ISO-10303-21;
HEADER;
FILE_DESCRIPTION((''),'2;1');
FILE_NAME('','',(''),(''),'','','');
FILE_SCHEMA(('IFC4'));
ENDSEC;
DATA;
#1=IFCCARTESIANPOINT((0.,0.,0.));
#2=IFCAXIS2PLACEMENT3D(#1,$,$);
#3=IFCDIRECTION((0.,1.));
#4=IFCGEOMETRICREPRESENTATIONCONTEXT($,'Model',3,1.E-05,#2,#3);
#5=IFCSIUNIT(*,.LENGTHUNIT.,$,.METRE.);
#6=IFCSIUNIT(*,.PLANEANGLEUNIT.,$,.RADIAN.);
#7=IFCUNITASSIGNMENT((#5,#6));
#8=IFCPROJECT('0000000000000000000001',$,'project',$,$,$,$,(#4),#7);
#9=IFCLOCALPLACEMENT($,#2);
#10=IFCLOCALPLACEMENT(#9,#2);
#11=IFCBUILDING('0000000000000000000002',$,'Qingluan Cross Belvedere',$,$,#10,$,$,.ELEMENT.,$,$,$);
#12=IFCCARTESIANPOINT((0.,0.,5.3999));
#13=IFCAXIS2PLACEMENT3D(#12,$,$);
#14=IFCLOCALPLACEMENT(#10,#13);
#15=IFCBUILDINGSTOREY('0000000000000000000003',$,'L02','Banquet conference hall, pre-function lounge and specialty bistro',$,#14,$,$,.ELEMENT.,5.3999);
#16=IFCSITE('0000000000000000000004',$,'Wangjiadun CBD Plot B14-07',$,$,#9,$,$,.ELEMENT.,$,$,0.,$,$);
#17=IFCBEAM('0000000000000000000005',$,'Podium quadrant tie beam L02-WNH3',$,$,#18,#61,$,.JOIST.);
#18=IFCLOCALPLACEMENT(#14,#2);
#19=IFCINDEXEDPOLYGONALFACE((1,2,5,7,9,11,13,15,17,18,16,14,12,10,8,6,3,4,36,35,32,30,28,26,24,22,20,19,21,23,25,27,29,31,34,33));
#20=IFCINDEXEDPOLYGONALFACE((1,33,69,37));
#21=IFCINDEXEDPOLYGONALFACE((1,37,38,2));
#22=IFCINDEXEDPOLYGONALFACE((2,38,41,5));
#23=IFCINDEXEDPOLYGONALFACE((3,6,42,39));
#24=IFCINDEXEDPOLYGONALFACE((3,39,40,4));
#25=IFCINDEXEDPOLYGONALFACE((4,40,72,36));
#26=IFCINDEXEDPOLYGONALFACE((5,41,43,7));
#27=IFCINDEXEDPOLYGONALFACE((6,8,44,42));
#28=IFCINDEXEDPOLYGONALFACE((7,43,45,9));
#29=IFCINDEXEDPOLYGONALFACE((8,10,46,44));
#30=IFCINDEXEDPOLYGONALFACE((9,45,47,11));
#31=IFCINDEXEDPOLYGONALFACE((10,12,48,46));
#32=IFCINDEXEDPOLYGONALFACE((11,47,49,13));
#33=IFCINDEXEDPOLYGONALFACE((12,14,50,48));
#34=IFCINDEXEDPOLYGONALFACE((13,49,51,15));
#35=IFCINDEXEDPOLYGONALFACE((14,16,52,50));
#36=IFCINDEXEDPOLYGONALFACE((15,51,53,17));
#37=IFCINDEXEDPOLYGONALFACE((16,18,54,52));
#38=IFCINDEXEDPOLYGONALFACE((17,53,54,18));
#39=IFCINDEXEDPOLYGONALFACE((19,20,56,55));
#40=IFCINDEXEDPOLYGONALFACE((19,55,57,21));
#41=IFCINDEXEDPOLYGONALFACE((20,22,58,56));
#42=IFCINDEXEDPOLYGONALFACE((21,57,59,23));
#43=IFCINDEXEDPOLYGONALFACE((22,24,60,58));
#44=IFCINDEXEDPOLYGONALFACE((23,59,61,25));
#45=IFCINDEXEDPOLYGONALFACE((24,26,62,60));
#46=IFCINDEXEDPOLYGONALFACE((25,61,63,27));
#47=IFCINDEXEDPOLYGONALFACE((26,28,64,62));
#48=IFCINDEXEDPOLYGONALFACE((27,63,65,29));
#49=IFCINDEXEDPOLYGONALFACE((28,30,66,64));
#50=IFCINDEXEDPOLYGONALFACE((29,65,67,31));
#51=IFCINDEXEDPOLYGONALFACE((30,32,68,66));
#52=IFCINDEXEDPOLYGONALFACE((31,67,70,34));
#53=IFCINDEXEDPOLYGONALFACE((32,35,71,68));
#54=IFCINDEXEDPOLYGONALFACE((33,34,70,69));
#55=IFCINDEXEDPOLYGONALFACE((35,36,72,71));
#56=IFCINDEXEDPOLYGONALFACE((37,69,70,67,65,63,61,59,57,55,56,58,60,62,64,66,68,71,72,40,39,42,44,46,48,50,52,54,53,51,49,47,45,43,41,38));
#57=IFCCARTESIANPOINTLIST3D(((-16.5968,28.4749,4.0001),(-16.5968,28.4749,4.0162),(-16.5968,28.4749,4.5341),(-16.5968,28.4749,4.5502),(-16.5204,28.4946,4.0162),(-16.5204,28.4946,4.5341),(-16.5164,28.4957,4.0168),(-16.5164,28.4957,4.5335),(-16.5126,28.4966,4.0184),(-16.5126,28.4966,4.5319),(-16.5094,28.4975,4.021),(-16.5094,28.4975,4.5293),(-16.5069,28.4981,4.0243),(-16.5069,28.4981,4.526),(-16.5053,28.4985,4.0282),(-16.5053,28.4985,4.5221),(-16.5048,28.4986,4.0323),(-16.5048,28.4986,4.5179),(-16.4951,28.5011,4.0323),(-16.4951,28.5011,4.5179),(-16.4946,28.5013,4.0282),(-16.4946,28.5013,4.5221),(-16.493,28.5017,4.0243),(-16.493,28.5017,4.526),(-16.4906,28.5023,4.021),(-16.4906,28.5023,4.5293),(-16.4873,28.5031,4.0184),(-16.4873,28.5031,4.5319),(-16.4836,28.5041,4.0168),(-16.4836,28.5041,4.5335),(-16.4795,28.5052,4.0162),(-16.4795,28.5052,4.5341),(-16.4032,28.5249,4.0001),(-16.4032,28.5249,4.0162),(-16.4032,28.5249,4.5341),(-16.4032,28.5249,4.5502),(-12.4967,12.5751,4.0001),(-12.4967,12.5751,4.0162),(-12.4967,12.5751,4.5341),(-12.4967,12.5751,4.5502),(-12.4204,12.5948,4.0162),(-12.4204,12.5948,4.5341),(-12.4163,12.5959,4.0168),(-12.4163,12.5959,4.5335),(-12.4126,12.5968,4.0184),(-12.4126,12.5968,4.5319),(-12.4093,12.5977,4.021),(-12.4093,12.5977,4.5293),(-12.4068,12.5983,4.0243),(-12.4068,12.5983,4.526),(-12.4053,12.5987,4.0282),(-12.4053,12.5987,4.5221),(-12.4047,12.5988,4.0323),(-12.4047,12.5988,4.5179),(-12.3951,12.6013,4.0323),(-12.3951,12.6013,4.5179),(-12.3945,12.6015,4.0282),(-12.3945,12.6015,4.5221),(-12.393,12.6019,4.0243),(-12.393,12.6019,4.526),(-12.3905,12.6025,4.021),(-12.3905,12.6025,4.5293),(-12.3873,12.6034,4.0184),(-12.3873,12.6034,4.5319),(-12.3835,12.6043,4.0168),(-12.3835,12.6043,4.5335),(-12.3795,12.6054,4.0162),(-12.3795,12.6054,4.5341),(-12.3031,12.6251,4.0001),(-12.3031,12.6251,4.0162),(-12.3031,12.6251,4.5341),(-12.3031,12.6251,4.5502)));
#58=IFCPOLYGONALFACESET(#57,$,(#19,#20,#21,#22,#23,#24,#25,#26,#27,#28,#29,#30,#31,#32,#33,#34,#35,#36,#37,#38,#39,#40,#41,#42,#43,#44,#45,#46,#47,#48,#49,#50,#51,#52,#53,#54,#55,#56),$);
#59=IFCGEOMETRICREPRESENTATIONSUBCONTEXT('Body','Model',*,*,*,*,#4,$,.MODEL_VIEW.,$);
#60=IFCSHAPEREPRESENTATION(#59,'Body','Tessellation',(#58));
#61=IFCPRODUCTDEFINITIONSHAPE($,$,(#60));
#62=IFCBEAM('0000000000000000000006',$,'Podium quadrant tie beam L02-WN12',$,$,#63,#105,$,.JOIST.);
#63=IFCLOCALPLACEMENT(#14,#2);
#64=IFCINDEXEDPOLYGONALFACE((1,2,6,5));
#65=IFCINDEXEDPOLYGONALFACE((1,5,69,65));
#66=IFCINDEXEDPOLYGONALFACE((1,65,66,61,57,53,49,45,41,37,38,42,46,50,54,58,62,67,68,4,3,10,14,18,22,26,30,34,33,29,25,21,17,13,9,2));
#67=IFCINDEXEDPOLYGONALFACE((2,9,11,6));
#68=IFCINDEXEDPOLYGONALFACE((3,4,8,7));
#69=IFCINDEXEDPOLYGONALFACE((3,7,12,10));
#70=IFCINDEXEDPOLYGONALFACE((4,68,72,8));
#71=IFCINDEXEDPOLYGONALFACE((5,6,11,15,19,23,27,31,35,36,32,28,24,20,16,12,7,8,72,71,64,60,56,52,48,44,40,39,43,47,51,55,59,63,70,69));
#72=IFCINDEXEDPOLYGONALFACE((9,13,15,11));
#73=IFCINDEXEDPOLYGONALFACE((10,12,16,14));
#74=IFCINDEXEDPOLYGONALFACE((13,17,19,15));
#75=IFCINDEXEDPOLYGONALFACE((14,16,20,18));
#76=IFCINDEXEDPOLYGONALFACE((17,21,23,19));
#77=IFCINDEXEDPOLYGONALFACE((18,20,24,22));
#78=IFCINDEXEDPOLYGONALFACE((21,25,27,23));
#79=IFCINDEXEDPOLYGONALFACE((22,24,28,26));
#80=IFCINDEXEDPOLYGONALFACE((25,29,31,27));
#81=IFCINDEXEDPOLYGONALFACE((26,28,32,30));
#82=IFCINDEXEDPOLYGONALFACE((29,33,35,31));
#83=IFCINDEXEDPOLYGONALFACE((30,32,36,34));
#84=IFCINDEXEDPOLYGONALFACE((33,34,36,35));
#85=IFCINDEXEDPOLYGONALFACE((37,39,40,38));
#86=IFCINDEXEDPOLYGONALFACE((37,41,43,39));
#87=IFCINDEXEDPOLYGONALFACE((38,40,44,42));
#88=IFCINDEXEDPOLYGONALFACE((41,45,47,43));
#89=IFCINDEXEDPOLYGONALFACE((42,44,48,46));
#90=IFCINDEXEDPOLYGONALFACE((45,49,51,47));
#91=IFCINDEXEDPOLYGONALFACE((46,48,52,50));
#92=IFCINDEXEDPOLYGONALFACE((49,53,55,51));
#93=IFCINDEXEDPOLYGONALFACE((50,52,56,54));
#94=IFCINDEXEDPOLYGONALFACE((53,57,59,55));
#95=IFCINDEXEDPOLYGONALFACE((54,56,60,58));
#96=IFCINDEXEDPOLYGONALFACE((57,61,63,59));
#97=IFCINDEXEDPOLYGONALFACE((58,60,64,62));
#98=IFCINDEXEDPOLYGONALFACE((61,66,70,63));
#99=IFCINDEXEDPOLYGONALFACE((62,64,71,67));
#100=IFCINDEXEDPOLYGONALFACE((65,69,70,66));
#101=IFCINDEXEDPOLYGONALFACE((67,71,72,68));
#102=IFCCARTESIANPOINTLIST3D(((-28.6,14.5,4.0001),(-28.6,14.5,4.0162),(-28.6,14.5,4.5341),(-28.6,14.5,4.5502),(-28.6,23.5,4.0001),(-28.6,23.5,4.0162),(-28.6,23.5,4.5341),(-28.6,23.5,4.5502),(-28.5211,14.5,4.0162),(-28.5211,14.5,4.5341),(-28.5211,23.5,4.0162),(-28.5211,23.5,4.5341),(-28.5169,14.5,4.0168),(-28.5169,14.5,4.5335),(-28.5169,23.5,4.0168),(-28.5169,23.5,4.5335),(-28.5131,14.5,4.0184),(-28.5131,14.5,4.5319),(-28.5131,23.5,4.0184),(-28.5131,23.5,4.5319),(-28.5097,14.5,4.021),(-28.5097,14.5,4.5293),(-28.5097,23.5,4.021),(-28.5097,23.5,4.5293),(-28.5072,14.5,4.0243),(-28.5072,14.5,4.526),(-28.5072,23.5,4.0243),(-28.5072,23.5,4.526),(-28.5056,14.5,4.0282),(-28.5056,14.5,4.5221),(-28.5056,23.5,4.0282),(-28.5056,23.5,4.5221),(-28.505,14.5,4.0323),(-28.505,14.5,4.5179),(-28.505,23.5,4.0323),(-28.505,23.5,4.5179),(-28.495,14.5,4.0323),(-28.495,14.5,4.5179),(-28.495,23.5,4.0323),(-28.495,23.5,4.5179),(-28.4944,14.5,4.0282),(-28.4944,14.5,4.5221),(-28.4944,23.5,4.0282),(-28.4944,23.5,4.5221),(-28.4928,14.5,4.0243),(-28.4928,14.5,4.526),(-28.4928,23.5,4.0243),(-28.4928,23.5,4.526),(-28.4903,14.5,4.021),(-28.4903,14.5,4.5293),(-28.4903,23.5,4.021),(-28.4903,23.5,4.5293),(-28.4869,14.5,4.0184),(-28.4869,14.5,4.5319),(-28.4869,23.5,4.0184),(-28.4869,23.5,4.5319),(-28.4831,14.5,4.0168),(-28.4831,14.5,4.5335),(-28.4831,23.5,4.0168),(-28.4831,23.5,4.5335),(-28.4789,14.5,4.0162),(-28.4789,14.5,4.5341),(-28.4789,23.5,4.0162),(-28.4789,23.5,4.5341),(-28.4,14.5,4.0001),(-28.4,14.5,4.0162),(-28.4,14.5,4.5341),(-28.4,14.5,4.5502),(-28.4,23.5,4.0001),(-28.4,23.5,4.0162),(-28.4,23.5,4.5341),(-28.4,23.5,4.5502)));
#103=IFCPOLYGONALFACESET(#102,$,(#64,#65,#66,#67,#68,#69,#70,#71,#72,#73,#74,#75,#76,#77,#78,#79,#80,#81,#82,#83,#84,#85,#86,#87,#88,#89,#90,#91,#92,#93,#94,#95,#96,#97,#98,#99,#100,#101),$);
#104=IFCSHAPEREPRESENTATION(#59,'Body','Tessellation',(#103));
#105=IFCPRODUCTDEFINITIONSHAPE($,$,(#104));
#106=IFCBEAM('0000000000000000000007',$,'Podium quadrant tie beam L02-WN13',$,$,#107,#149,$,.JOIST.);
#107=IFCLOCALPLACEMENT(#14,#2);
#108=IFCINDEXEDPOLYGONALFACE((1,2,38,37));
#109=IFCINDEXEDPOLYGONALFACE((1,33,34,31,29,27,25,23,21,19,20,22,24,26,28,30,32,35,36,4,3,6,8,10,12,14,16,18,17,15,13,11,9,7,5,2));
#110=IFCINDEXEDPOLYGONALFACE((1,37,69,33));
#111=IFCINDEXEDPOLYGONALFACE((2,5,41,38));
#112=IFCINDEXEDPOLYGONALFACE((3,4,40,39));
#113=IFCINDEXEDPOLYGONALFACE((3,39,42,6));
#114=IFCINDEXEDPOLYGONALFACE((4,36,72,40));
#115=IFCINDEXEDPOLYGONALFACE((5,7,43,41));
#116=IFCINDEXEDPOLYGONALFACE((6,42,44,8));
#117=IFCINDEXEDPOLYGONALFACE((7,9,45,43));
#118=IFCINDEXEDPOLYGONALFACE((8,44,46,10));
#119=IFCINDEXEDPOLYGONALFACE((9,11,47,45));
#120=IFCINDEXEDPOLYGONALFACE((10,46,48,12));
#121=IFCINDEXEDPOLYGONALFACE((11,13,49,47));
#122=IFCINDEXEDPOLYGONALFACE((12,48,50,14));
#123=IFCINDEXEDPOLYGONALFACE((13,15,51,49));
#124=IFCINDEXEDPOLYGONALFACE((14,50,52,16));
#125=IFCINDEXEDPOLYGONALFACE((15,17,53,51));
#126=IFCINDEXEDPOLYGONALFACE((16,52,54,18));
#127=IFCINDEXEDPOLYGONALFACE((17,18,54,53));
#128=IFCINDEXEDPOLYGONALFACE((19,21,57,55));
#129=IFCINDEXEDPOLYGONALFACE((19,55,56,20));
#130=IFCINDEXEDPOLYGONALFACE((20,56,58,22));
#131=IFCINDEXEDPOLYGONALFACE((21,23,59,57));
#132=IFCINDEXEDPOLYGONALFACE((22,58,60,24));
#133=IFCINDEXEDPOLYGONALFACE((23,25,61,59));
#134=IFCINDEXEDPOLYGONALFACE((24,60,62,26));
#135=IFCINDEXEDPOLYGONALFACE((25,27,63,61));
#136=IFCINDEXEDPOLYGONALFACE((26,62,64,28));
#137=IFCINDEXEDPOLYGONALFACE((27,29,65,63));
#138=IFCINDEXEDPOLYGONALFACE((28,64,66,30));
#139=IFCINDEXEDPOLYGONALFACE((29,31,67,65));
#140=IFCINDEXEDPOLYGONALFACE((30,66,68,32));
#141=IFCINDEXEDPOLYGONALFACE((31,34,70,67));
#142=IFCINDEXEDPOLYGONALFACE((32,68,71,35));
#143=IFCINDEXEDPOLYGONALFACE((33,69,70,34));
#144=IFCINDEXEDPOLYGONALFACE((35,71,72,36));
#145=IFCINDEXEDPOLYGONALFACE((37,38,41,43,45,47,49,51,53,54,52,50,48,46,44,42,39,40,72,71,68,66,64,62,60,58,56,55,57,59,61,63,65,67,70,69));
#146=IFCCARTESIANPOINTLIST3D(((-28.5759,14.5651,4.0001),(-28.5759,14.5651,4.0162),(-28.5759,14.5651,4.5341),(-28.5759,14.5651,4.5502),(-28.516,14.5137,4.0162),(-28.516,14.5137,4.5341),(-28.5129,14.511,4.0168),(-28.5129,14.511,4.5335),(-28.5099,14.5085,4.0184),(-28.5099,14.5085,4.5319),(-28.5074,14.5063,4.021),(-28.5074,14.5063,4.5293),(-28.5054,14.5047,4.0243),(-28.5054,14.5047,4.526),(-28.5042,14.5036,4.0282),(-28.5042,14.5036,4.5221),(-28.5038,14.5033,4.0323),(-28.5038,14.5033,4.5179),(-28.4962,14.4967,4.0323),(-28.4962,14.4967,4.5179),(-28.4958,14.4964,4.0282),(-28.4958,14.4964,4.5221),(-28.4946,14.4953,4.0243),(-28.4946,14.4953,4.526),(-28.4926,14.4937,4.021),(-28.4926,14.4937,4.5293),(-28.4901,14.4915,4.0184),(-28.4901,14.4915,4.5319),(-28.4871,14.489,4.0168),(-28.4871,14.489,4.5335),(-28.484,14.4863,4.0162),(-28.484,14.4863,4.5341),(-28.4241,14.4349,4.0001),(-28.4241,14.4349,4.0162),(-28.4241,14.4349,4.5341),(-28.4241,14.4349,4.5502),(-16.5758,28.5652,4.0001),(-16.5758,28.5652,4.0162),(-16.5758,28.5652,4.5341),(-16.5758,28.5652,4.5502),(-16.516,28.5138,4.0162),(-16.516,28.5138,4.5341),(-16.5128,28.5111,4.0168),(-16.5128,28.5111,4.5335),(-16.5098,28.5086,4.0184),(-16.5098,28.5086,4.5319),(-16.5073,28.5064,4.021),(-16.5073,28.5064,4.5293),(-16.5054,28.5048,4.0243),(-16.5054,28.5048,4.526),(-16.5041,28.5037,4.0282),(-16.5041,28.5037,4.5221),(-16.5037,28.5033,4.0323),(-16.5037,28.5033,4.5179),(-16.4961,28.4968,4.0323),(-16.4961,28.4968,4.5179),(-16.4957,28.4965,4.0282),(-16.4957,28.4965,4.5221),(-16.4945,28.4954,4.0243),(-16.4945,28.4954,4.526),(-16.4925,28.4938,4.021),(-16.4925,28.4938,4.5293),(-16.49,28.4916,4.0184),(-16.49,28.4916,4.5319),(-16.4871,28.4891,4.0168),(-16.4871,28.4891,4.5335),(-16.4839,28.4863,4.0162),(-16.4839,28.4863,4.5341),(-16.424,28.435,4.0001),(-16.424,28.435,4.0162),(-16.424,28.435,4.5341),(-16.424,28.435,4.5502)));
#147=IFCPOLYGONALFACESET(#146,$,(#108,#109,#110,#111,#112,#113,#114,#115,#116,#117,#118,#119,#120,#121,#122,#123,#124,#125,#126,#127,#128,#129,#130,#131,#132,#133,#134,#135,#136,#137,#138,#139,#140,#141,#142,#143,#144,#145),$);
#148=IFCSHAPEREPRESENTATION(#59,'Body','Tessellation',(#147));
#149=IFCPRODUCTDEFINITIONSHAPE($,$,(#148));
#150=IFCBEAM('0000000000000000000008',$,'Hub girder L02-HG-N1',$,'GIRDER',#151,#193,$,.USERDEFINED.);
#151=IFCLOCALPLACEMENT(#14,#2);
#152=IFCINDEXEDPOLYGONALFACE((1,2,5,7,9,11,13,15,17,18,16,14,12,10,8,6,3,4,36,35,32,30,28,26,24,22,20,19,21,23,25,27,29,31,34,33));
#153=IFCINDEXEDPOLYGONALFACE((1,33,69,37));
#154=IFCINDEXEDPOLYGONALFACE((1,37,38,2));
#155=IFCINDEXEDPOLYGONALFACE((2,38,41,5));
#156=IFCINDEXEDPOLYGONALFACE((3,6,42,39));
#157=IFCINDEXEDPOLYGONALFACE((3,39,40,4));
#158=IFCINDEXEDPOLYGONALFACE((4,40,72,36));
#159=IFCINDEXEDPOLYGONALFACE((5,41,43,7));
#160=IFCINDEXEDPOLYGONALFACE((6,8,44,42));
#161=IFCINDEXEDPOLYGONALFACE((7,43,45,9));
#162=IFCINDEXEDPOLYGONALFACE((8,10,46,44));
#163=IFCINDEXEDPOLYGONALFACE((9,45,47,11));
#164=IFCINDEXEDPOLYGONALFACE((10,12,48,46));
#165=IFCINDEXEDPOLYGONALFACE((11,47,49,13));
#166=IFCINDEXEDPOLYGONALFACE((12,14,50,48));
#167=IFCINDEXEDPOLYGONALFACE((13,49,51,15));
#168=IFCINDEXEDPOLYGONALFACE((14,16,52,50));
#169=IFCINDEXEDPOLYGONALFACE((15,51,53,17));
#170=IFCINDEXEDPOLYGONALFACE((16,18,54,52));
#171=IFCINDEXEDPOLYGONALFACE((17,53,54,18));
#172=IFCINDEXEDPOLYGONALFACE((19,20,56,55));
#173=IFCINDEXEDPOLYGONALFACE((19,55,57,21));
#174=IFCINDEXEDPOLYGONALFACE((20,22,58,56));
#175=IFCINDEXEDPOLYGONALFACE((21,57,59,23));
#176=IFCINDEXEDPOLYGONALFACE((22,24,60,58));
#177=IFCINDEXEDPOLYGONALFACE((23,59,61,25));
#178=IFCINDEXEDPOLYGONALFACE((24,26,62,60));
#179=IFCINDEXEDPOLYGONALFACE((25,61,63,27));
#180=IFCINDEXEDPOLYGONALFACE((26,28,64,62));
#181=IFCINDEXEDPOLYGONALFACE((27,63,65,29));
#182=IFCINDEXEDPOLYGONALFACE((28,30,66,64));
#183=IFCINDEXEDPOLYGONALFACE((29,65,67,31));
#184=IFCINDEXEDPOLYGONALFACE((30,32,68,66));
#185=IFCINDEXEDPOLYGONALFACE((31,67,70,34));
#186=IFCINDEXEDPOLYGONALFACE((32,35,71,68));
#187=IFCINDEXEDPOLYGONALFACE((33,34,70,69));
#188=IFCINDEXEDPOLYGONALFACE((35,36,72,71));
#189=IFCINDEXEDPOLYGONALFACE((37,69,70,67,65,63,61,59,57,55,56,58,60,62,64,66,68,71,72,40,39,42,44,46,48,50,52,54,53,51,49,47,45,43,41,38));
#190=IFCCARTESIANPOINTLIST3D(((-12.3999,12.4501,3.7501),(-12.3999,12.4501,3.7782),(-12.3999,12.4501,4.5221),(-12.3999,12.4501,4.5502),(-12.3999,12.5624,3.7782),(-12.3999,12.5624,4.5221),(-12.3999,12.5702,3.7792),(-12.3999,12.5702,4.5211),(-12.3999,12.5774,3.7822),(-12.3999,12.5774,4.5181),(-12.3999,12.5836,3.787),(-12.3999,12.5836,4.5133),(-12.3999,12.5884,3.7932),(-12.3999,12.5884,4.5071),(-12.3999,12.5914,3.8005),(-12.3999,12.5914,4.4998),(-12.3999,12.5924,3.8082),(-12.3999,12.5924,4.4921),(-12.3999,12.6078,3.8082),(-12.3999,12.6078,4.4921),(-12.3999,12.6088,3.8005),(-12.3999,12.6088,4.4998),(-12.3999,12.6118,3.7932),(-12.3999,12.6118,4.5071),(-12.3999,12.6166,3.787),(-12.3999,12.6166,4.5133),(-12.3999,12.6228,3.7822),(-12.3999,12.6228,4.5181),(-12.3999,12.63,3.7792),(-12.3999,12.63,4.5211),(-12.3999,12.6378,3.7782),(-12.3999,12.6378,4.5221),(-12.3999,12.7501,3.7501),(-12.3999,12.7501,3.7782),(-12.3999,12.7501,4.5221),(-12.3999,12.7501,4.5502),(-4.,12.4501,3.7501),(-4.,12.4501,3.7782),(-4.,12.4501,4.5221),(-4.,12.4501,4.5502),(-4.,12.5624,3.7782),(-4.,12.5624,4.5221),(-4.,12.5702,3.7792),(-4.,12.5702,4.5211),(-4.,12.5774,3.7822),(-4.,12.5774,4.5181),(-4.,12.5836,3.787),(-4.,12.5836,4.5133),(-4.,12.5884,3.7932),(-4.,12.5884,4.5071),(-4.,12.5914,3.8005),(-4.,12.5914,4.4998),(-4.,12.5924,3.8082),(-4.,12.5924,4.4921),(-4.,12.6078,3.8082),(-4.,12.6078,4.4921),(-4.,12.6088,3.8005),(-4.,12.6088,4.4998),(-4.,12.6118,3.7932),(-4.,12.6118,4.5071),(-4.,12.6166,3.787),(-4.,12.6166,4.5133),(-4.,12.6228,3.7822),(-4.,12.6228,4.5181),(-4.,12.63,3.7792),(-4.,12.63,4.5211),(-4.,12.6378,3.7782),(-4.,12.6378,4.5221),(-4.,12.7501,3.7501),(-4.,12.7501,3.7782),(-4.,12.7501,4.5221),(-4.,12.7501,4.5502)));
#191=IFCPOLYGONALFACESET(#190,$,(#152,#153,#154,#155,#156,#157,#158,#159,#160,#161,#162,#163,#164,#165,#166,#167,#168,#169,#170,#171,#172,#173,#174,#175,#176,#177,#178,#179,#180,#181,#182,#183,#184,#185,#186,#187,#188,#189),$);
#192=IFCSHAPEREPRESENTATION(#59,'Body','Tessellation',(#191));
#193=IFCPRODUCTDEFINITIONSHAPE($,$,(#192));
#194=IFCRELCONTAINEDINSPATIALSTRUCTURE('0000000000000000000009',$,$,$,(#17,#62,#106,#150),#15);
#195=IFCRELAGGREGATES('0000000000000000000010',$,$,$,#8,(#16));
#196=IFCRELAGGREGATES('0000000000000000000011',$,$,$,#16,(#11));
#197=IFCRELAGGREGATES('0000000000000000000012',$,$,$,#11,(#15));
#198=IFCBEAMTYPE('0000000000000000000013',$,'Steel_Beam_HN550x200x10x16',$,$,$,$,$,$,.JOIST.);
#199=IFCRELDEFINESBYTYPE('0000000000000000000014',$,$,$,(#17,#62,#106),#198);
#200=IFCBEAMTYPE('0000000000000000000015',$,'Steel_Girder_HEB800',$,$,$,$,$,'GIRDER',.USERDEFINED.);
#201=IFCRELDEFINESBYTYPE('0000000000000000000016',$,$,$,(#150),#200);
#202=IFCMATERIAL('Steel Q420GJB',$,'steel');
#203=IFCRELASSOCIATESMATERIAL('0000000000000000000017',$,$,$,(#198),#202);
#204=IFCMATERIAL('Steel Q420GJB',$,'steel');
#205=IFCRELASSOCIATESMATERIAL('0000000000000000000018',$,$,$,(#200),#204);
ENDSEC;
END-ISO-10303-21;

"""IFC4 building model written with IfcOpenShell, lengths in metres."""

from ifc_helpers import new_model, si_unit, direction, frame, origin, origin_2d, place, context, subcontext, project, spatial, i_section, extrude, material, material_profile, profile_set, type_object, element, save


model = new_model("IFC4")

# Units and contexts
model_context = context("Model", 3, precision=1e-05, world=origin(), true_north=direction((0.0, 1.0)))
body_context = subcontext(model_context, "Body", "Model", "MODEL_VIEW")
ifc_project = project(units=[si_unit("LENGTHUNIT", "METRE"), si_unit("PLANEANGLEUNIT", "RADIAN")], contexts=[model_context])

# Site, building, storey
site_placement = place(None, origin())
site = spatial("IfcSite", under=ifc_project, at=site_placement, Name="Wangjiadun CBD Plot B14-07", CompositionType="ELEMENT", RefElevation=0.0)
building_placement = place(site_placement, origin())
building = spatial("IfcBuilding", under=site, at=building_placement, Name="Qingluan Cross Belvedere", CompositionType="ELEMENT")
storey_placement = place(building_placement, frame((0.0, 0.0, 5.3999)))
storey = spatial("IfcBuildingStorey", under=building, at=storey_placement, Name="L02", Description="Banquet conference hall, pre-function lounge and specialty bistro", CompositionType="ELEMENT", Elevation=5.3999)

# Beams
ifc_material_1 = material(Name="Steel Q420GJB", Category="steel")
ifc_material_profile_1 = material_profile(ifc_material_1, i_section(OverallWidth=0.2, OverallDepth=0.55, WebThickness=0.01, FlangeThickness=0.0161, FilletRadius=0.0161, at=origin_2d()), Name="HN550x200x10x16")
ifc_profile_set_1 = profile_set([ifc_material_profile_1], Name="Steel Q420GJB")
beam_type_1 = type_object("IfcBeamType", Name="Steel_Beam_HN550x200x10x16", PredefinedType="JOIST", material=ifc_profile_set_1)
beam_1_placement = place(storey_placement, frame((-12.3999, 12.6001, 4.2751), z_axis=(-0.249701, 0.968323, 0.0), x_axis=(-0.968323, -0.249701, 0.0)))
element("IfcBeam", 1, at=beam_1_placement, inside=storey, type_object=beam_type_1, Name="Podium quadrant tie beam L02-WNH3", PredefinedType="JOIST", context=body_context, shape_type="SweptSolid", body=[
    extrude(i_section(OverallWidth=0.2, OverallDepth=0.55, WebThickness=0.01, FlangeThickness=0.0161, FilletRadius=0.0161, at=origin_2d()), origin(), (0.0, 0.0, 1.0), 16.4199),
])
beam_2_placement = place(storey_placement, frame((-28.5, 14.5, 4.2751), z_axis=(0.0, 1.0, 0.0), x_axis=(-1.0, 0.0, 0.0)))
element("IfcBeam", 2, at=beam_2_placement, inside=storey, type_object=beam_type_1, Name="Podium quadrant tie beam L02-WN12", PredefinedType="JOIST", context=body_context, shape_type="SweptSolid", body=[
    extrude(i_section(OverallWidth=0.2, OverallDepth=0.55, WebThickness=0.01, FlangeThickness=0.0161, FilletRadius=0.0161, at=origin_2d()), origin(), (0.0, 0.0, 1.0), 9.0),
])
beam_3_placement = place(storey_placement, frame((-28.5, 14.5, 4.2751), z_axis=(0.650791, 0.759257, 0.0), x_axis=(-0.759257, 0.650791, 0.0)))
element("IfcBeam", 3, at=beam_3_placement, inside=storey, type_object=beam_type_1, Name="Podium quadrant tie beam L02-WN13", PredefinedType="JOIST", context=body_context, shape_type="SweptSolid", body=[
    extrude(i_section(OverallWidth=0.2, OverallDepth=0.55, WebThickness=0.01, FlangeThickness=0.0161, FilletRadius=0.0161, at=origin_2d()), origin(), (0.0, 0.0, 1.0), 18.4392),
])
ifc_material_2 = material(Name="Steel Q420GJB", Category="steel")
ifc_material_profile_2 = material_profile(ifc_material_2, i_section(OverallWidth=0.3, OverallDepth=0.8, WebThickness=0.0154, FlangeThickness=0.0281, FilletRadius=0.03, at=origin_2d()), Name="HEB800")
ifc_profile_set_2 = profile_set([ifc_material_profile_2], Name="Steel Q420GJB")
beam_type_2 = type_object("IfcBeamType", Name="Steel_Girder_HEB800", ElementType="GIRDER", PredefinedType="USERDEFINED", material=ifc_profile_set_2)
beam_4_placement = place(storey_placement, frame((-12.3999, 12.6001, 4.1501), z_axis=(1.0, 0.0, 0.0), x_axis=(0.0, 1.0, 0.0)))
element("IfcBeam", 4, at=beam_4_placement, inside=storey, type_object=beam_type_2, Name="Hub girder L02-HG-N1", ObjectType="GIRDER", PredefinedType="USERDEFINED", context=body_context, shape_type="SweptSolid", body=[
    extrude(i_section(OverallWidth=0.3, OverallDepth=0.8, WebThickness=0.0154, FlangeThickness=0.0281, FilletRadius=0.03, at=origin_2d()), origin(), (0.0, 0.0, 1.0), 8.3999),
])

save(model, "model.ifc")
